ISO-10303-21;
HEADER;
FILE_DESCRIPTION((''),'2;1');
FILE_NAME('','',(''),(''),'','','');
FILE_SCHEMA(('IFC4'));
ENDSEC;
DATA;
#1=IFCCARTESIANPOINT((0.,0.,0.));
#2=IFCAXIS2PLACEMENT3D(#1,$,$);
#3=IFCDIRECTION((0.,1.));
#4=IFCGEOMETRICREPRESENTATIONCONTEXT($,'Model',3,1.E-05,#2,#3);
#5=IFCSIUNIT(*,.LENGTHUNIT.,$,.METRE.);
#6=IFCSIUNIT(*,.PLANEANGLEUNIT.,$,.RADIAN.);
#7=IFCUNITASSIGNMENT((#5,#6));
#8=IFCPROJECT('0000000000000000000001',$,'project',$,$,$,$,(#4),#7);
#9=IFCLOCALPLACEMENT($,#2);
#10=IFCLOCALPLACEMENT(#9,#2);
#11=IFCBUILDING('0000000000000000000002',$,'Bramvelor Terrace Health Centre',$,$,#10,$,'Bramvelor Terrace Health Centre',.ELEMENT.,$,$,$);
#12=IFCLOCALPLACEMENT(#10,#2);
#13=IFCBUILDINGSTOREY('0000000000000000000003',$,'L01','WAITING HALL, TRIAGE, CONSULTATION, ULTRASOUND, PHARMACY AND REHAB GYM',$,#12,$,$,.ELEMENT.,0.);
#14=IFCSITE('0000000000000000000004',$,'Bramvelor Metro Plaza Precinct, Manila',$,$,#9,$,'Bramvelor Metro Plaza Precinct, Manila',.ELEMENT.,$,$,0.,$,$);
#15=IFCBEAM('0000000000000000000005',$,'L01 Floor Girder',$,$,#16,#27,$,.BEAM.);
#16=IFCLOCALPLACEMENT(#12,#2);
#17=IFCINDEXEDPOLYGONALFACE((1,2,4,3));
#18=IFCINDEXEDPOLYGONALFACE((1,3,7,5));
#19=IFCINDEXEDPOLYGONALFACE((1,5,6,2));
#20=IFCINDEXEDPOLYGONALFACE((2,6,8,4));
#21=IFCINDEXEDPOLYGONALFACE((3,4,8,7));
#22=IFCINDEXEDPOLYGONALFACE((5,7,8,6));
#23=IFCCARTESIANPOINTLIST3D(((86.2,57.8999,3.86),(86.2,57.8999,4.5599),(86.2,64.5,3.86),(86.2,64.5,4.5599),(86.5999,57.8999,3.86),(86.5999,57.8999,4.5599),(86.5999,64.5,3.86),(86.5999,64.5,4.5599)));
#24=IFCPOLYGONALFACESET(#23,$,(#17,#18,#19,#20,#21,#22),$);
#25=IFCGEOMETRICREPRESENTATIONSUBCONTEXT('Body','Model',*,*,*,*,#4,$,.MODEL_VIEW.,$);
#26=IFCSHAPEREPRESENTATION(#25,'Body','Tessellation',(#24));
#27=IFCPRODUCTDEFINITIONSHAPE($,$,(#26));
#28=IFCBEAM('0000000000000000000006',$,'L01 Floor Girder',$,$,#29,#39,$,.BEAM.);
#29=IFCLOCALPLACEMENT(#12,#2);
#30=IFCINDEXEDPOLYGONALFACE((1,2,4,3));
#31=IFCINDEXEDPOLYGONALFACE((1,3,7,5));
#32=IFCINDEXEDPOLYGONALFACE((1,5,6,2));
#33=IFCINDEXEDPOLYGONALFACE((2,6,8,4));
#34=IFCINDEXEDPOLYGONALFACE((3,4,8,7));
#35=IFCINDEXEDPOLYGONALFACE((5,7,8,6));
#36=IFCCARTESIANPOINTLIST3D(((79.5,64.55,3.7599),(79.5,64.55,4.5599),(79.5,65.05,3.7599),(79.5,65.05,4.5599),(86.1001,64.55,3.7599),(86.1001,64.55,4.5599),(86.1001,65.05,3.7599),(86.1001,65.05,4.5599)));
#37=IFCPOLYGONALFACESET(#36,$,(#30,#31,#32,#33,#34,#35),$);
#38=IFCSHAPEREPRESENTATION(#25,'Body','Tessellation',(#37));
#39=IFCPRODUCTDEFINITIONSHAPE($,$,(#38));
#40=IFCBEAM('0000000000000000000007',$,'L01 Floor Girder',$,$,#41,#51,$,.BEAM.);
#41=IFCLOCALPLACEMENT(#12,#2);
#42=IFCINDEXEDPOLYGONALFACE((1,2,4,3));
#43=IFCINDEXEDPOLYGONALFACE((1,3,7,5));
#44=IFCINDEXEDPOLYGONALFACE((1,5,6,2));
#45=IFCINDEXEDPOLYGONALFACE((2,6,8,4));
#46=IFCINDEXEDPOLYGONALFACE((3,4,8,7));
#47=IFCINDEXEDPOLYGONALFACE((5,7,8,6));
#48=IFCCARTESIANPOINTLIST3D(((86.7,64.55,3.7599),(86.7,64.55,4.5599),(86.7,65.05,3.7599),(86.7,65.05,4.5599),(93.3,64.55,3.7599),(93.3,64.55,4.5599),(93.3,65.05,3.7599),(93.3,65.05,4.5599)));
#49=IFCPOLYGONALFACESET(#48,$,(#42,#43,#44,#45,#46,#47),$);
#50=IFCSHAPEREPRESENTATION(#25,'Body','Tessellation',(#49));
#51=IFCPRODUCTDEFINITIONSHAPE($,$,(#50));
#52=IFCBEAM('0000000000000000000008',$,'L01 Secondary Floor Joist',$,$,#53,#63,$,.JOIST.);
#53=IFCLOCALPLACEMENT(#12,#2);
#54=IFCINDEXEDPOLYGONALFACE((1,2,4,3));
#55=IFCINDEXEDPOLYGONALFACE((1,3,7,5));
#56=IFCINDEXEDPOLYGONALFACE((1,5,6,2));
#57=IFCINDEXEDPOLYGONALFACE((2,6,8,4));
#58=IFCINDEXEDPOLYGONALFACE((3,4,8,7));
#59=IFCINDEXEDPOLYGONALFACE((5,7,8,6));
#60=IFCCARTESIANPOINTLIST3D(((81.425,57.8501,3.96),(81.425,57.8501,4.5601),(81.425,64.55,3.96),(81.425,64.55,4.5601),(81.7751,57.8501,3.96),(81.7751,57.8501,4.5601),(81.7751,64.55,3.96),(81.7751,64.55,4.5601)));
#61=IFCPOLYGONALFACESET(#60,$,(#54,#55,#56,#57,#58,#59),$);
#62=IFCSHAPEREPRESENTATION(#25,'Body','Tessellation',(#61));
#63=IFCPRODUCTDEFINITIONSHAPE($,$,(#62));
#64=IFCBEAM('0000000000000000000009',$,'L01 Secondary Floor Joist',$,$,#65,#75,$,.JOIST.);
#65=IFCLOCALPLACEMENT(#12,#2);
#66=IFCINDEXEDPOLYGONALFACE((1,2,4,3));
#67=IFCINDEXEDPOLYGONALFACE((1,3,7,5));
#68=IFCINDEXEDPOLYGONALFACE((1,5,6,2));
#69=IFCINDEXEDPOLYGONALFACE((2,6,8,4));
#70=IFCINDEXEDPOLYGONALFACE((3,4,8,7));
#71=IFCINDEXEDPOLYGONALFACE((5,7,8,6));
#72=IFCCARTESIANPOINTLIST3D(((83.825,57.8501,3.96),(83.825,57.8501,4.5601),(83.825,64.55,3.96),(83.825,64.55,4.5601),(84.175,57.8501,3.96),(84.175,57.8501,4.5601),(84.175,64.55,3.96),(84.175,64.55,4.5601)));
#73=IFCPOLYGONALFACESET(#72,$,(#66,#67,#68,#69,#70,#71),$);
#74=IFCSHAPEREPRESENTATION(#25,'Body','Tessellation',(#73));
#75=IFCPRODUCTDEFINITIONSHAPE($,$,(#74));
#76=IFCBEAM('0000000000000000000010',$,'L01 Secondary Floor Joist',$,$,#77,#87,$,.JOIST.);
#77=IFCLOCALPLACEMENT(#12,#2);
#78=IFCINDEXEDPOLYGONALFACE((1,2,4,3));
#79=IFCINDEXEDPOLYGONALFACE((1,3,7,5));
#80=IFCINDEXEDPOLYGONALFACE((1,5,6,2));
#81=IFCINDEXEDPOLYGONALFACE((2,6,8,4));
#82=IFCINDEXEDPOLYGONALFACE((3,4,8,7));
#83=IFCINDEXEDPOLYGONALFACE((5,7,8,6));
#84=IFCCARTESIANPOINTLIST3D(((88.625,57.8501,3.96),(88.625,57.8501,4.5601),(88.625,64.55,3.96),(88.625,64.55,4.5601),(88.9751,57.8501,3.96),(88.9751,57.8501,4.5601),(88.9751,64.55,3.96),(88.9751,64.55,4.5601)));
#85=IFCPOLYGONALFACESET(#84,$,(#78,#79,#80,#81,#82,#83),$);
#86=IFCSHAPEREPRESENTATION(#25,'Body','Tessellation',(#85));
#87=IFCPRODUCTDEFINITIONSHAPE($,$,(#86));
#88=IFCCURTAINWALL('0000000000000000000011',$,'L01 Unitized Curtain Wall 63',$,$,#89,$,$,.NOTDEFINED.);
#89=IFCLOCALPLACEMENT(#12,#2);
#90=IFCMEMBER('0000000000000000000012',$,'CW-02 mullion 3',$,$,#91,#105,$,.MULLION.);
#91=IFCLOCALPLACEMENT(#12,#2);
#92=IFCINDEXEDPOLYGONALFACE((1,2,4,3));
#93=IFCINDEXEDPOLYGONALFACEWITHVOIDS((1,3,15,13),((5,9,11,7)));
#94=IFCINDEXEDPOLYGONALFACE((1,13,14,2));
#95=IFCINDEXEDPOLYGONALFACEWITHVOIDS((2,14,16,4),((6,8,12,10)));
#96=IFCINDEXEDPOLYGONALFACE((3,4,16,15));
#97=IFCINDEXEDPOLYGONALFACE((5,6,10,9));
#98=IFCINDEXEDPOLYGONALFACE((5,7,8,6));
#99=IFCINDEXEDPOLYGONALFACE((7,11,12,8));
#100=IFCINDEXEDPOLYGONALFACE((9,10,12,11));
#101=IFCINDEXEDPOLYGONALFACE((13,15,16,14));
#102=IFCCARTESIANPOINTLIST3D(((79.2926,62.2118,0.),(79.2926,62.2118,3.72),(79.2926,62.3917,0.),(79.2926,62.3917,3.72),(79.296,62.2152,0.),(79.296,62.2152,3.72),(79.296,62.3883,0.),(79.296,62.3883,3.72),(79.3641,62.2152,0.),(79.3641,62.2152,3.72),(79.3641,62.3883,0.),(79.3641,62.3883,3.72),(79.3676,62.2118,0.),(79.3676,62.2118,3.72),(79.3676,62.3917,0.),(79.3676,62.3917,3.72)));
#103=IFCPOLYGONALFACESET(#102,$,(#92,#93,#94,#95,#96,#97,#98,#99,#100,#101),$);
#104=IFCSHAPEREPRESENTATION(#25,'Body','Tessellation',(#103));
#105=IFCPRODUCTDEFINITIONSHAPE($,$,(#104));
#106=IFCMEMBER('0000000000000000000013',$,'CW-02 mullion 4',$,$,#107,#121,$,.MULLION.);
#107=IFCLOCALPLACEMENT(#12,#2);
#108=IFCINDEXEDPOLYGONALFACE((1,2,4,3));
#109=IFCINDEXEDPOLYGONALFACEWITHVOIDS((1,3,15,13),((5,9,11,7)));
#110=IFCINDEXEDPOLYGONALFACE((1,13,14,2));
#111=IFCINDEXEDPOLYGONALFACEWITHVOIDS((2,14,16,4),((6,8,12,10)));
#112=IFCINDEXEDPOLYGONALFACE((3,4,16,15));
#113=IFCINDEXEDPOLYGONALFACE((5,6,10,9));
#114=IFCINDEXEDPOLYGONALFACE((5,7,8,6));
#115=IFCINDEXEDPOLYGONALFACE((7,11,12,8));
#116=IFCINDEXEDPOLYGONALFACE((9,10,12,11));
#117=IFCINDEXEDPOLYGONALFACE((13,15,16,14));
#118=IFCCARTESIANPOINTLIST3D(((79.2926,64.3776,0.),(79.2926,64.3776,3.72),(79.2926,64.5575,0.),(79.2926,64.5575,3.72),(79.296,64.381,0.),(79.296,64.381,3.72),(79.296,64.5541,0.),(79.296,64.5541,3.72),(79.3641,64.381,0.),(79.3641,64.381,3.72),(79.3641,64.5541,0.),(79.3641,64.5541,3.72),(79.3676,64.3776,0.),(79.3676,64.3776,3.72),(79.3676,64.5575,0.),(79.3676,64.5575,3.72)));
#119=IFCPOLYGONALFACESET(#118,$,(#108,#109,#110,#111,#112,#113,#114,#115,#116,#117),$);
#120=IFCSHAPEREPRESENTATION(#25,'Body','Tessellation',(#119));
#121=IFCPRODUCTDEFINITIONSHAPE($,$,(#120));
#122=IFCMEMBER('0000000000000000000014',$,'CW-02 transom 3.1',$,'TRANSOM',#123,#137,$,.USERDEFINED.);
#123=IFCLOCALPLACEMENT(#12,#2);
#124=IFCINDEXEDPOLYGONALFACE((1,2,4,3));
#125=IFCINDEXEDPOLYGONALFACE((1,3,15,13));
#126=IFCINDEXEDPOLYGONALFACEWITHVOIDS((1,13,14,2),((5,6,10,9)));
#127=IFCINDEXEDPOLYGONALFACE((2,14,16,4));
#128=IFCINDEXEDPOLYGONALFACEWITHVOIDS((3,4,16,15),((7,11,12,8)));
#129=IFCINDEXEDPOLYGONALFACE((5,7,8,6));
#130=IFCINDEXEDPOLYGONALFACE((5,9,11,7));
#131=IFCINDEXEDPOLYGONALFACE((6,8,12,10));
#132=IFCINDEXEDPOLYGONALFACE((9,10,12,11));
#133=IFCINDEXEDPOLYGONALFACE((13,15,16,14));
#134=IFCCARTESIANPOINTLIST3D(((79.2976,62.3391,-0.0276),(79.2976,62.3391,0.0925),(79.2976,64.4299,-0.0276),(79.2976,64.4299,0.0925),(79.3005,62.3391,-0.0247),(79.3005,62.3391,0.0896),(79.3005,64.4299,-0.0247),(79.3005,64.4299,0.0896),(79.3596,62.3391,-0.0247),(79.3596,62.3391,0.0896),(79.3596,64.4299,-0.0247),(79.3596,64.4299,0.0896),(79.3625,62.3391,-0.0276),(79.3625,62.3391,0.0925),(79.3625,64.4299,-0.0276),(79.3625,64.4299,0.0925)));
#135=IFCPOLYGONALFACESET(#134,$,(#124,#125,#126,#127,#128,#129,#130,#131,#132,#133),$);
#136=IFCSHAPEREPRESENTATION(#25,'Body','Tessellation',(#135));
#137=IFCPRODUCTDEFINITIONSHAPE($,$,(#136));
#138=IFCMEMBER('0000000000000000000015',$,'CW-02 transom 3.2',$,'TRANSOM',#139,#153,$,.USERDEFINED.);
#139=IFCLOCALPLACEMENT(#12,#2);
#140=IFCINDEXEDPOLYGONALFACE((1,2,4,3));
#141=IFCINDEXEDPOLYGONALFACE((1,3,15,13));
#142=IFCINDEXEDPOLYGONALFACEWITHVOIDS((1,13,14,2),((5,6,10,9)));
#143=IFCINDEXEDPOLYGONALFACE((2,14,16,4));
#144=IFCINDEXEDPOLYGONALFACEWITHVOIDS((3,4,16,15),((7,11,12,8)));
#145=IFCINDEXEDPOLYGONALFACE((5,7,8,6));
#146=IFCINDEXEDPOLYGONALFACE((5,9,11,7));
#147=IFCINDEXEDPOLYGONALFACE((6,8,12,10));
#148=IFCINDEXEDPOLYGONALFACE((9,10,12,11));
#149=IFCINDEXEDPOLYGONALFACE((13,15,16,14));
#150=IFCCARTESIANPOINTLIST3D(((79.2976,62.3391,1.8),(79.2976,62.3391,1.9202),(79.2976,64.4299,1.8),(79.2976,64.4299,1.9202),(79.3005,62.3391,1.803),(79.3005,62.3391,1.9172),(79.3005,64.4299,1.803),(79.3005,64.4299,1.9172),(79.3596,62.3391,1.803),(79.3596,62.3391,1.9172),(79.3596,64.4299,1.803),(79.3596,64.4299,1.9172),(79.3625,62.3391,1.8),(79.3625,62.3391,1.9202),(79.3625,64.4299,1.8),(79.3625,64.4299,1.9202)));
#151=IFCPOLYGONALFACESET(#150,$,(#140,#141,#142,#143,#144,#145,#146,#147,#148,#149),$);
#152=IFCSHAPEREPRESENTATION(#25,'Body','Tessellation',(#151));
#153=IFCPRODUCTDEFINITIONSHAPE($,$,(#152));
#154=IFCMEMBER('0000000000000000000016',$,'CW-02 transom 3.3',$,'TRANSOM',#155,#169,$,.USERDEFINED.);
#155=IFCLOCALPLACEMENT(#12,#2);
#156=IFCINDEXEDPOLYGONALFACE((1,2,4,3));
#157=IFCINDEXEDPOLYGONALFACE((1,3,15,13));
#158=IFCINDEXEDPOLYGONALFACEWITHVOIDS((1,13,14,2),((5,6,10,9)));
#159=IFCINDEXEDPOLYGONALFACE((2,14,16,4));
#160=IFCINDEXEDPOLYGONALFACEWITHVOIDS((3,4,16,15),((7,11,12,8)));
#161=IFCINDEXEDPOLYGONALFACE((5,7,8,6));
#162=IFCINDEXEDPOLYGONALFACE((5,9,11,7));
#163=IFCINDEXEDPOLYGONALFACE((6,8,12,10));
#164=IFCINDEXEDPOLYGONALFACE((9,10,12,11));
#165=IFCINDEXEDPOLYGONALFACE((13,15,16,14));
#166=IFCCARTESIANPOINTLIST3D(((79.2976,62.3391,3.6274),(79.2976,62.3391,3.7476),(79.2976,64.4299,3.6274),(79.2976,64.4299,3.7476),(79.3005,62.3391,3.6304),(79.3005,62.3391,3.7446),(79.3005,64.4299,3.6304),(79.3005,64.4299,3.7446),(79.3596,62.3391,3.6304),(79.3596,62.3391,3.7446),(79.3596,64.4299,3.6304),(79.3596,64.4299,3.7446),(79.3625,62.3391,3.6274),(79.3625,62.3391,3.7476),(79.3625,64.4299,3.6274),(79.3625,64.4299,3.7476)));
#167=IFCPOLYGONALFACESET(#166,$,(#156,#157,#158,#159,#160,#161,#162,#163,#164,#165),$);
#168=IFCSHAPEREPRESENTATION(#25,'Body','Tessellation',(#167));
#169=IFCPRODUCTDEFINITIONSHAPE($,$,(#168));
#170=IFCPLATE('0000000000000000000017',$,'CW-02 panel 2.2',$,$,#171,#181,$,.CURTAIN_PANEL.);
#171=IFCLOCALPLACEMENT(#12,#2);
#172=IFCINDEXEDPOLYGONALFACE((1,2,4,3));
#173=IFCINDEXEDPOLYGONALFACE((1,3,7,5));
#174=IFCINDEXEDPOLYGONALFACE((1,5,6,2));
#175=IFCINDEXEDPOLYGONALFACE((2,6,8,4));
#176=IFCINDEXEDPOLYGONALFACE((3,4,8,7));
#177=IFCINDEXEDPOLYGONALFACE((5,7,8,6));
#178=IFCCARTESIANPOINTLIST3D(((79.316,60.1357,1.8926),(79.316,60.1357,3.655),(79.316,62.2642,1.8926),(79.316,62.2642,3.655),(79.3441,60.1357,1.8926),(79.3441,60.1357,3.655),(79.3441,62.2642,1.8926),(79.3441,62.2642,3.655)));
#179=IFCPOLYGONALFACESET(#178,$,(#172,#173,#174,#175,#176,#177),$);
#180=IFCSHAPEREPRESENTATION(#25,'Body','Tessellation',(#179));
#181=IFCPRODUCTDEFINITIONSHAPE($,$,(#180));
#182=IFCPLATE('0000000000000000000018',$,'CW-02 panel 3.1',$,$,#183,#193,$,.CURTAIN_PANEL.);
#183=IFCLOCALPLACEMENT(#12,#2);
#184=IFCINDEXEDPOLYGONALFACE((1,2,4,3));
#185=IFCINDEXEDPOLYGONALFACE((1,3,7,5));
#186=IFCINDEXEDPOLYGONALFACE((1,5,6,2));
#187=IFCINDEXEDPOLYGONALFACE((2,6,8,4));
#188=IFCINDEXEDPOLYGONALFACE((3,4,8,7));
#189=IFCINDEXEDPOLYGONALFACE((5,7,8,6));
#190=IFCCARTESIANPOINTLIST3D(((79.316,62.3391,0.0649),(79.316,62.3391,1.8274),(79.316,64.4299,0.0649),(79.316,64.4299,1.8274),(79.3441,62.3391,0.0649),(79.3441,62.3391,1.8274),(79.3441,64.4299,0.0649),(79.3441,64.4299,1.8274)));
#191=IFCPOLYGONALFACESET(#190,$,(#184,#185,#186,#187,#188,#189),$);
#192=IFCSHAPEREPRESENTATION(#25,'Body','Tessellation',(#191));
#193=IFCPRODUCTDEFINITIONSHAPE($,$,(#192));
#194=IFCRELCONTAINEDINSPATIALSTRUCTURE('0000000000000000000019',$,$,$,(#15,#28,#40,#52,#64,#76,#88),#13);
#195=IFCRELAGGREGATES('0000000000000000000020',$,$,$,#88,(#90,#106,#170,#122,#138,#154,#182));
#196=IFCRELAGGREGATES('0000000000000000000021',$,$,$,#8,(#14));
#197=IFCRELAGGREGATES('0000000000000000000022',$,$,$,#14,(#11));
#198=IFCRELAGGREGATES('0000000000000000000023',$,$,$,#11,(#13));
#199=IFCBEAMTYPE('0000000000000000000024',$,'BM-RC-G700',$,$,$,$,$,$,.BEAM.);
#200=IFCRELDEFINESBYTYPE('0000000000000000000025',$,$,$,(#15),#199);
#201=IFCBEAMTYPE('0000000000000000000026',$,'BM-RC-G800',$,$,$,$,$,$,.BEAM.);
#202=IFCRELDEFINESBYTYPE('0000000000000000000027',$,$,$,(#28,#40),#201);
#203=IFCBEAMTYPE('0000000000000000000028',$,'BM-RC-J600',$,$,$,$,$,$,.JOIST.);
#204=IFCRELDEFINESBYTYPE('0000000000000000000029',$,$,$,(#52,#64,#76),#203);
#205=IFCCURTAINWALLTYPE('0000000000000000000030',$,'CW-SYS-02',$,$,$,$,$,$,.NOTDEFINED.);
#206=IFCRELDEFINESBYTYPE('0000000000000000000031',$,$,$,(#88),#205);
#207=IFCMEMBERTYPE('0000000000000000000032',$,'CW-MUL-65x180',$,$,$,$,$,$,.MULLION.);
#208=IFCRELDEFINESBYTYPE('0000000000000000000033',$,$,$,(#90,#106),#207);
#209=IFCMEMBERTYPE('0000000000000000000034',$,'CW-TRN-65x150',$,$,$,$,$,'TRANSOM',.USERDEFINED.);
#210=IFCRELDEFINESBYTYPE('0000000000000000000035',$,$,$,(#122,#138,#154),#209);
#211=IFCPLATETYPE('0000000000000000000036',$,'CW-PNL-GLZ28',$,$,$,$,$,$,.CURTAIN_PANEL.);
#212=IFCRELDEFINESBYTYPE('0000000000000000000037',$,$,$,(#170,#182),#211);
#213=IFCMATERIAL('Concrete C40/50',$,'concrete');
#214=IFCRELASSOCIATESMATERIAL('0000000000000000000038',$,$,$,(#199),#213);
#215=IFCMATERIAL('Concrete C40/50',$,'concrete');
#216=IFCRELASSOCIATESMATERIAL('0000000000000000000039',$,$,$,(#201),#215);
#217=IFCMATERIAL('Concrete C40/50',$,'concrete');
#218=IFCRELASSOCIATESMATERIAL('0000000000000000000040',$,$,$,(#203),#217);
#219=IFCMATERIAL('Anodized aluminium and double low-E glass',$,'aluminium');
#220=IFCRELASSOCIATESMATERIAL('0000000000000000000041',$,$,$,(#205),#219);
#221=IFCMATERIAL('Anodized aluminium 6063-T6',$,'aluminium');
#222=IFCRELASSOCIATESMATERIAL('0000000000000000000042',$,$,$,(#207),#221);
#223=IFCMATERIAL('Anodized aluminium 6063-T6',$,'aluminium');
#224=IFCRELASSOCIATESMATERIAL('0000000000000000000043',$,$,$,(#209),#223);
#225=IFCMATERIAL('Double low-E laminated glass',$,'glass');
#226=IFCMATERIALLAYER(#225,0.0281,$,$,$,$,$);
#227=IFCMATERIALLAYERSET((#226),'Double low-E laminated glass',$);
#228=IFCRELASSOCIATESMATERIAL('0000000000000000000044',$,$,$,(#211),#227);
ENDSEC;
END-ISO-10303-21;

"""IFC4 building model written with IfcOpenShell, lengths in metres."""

from ifc_helpers import new_model, si_unit, direction, frame, origin, origin_2d, place, context, subcontext, project, spatial, rectangle, hollow_rectangle, extrude, material, layer, layer_set, material_profile, profile_set, type_object, element, aggregate, save


model = new_model("IFC4")

# Units and contexts
model_context = context("Model", 3, precision=1e-05, world=origin(), true_north=direction((0.0, 1.0)))
body_context = subcontext(model_context, "Body", "Model", "MODEL_VIEW")
ifc_project = project(units=[si_unit("LENGTHUNIT", "METRE"), si_unit("PLANEANGLEUNIT", "RADIAN")], contexts=[model_context])

# Site, building, storey
site_placement = place(None, origin())
site = spatial("IfcSite", under=ifc_project, at=site_placement, Name="Bramvelor Metro Plaza Precinct, Manila", LongName="Bramvelor Metro Plaza Precinct, Manila", CompositionType="ELEMENT", RefElevation=0.0)
building_placement = place(site_placement, origin())
building = spatial("IfcBuilding", under=site, at=building_placement, Name="Bramvelor Terrace Health Centre", LongName="Bramvelor Terrace Health Centre", CompositionType="ELEMENT")
storey_placement = place(building_placement, origin())
storey = spatial("IfcBuildingStorey", under=building, at=storey_placement, Name="L01", Description="WAITING HALL, TRIAGE, CONSULTATION, ULTRASOUND, PHARMACY AND REHAB GYM", CompositionType="ELEMENT", Elevation=0.0)

# Beams
ifc_material_1 = material(Name="Concrete C40/50", Category="concrete")
ifc_material_profile_1 = material_profile(ifc_material_1, rectangle(XDim=0.3999, YDim=0.7, at=origin_2d()), Name="RC 400x700")
ifc_profile_set_1 = profile_set([ifc_material_profile_1], Name="Concrete C40/50")
beam_type_1 = type_object("IfcBeamType", Name="BM-RC-G700", PredefinedType="BEAM", material=ifc_profile_set_1)
beam_placement = place(storey_placement, frame((86.3999, 57.8999, 4.21), z_axis=(0.0, 1.0, 0.0), x_axis=(-1.0, 0.0, 0.0)))
element("IfcBeam", 1, at=beam_placement, inside=storey, type_object=beam_type_1, Name="L01 Floor Girder", PredefinedType="BEAM", context=body_context, shape_type="SweptSolid", body=[
    extrude(rectangle(XDim=0.3999, YDim=0.7, at=origin_2d()), origin(), (0.0, 0.0, 1.0), 6.6001),
])
ifc_material_2 = material(Name="Concrete C40/50", Category="concrete")
ifc_material_profile_2 = material_profile(ifc_material_2, rectangle(XDim=0.5, YDim=0.8, at=origin_2d()), Name="RC 500x800")
ifc_profile_set_2 = profile_set([ifc_material_profile_2], Name="Concrete C40/50")
beam_type_2 = type_object("IfcBeamType", Name="BM-RC-G800", PredefinedType="BEAM", material=ifc_profile_set_2)
for number, where, z_axis, x_axis, name in (
    (2, (79.5, 64.8, 4.1599), (1.0, 0.0, 0.0), (0.0, 1.0, 0.0), "L01 Floor Girder"),
    (3, (86.7, 64.8, 4.1599), (1.0, 0.0, 0.0), (0.0, 1.0, 0.0), "L01 Floor Girder"),
):
    element("IfcBeam", number, at=place(storey_placement, frame(where, z_axis=z_axis, x_axis=x_axis)), inside=storey, type_object=beam_type_2, Name=name, PredefinedType="BEAM", context=body_context, shape_type="SweptSolid", body=[
        extrude(rectangle(XDim=0.5, YDim=0.8, at=origin_2d()), origin(), (0.0, 0.0, 1.0), 6.6001),
    ])
ifc_material_3 = material(Name="Concrete C40/50", Category="concrete")
ifc_material_profile_3 = material_profile(ifc_material_3, rectangle(XDim=0.3501, YDim=0.6001, at=origin_2d()), Name="RC 350x600")
ifc_profile_set_3 = profile_set([ifc_material_profile_3], Name="Concrete C40/50")
beam_type_3 = type_object("IfcBeamType", Name="BM-RC-J600", PredefinedType="JOIST", material=ifc_profile_set_3)
for number, where, z_axis, x_axis, name in (
    (4, (81.6001, 57.8501, 4.26), (0.0, 1.0, 0.0), (-1.0, 0.0, 0.0), "L01 Secondary Floor Joist"),
    (5, (84.0, 57.8501, 4.26), (0.0, 1.0, 0.0), (-1.0, 0.0, 0.0), "L01 Secondary Floor Joist"),
    (6, (88.8, 57.8501, 4.26), (0.0, 1.0, 0.0), (-1.0, 0.0, 0.0), "L01 Secondary Floor Joist"),
):
    element("IfcBeam", number, at=place(storey_placement, frame(where, z_axis=z_axis, x_axis=x_axis)), inside=storey, type_object=beam_type_3, Name=name, PredefinedType="JOIST", context=body_context, shape_type="SweptSolid", body=[
        extrude(rectangle(XDim=0.3501, YDim=0.6001, at=origin_2d()), origin(), (0.0, 0.0, 1.0), 6.7),
    ])

# Curtain wall, members, plates
ifc_material_4 = material(Name="Anodized aluminium and double low-E glass", Category="aluminium")
curtain_wall_type = type_object("IfcCurtainWallType", Name="CW-SYS-02", PredefinedType="NOTDEFINED", material=ifc_material_4)
curtain_wall_placement = place(storey_placement, origin())
curtain_wall = element("IfcCurtainWall", 7, at=curtain_wall_placement, inside=storey, type_object=curtain_wall_type, Name="L01 Unitized Curtain Wall 63", PredefinedType="NOTDEFINED")
ifc_material_5 = material(Name="Anodized aluminium 6063-T6", Category="aluminium")
ifc_material_profile_4 = material_profile(ifc_material_5, hollow_rectangle(XDim=0.075, YDim=0.1799, WallThickness=0.0034, at=origin_2d()), Name="ALU-MUL 75x180x3.5")
ifc_profile_set_4 = profile_set([ifc_material_profile_4], Name="Anodized aluminium 6063-T6")
member_type_1 = type_object("IfcMemberType", Name="CW-MUL-65x180", PredefinedType="MULLION", material=ifc_profile_set_4)
member_1_placement = place(storey_placement, frame((79.3301, 62.3018, 0.0), z_axis=(0.0, 0.0, 1.0), x_axis=(-1.0, 0.0, 0.0)))
member_1 = element("IfcMember", 8, at=member_1_placement, type_object=member_type_1, Name="CW-02 mullion 3", PredefinedType="MULLION", context=body_context, shape_type="SweptSolid", body=[
    extrude(hollow_rectangle(XDim=0.075, YDim=0.1799, WallThickness=0.0034, at=origin_2d()), origin(), (0.0, 0.0, 1.0), 3.72),
])
member_2_placement = place(storey_placement, frame((79.3301, 64.4675, 0.0), z_axis=(0.0, 0.0, 1.0), x_axis=(-1.0, 0.0, 0.0)))
member_2 = element("IfcMember", 9, at=member_2_placement, type_object=member_type_1, Name="CW-02 mullion 4", PredefinedType="MULLION", context=body_context, shape_type="SweptSolid", body=[
    extrude(hollow_rectangle(XDim=0.075, YDim=0.1799, WallThickness=0.0034, at=origin_2d()), origin(), (0.0, 0.0, 1.0), 3.72),
])
ifc_material_6 = material(Name="Anodized aluminium 6063-T6", Category="aluminium")
ifc_material_profile_5 = material_profile(ifc_material_6, hollow_rectangle(XDim=0.0649, YDim=0.1201, WallThickness=0.0029, at=origin_2d()), Name="ALU-TRN 65x120x3.0")
ifc_profile_set_5 = profile_set([ifc_material_profile_5], Name="Anodized aluminium 6063-T6")
member_type_2 = type_object("IfcMemberType", Name="CW-TRN-65x150", ElementType="TRANSOM", PredefinedType="USERDEFINED", material=ifc_profile_set_5)
member_3_placement = place(storey_placement, frame((79.3301, 62.3391, 0.0325), z_axis=(0.0, 1.0, 0.0), x_axis=(-1.0, 0.0, 0.0)))
member_3 = element("IfcMember", 10, at=member_3_placement, type_object=member_type_2, Name="CW-02 transom 3.1", ObjectType="TRANSOM", PredefinedType="USERDEFINED", context=body_context, shape_type="SweptSolid", body=[
    extrude(hollow_rectangle(XDim=0.0649, YDim=0.1201, WallThickness=0.0029, at=origin_2d()), origin(), (0.0, 0.0, 1.0), 2.0908),
])
member_4_placement = place(storey_placement, frame((79.3301, 62.3391, 1.8601), z_axis=(0.0, 1.0, 0.0), x_axis=(-1.0, 0.0, 0.0)))
member_4 = element("IfcMember", 11, at=member_4_placement, type_object=member_type_2, Name="CW-02 transom 3.2", ObjectType="TRANSOM", PredefinedType="USERDEFINED", context=body_context, shape_type="SweptSolid", body=[
    extrude(hollow_rectangle(XDim=0.0649, YDim=0.1201, WallThickness=0.0029, at=origin_2d()), origin(), (0.0, 0.0, 1.0), 2.0908),
])
member_5_placement = place(storey_placement, frame((79.3301, 62.3391, 3.6875), z_axis=(0.0, 1.0, 0.0), x_axis=(-1.0, 0.0, 0.0)))
member_5 = element("IfcMember", 12, at=member_5_placement, type_object=member_type_2, Name="CW-02 transom 3.3", ObjectType="TRANSOM", PredefinedType="USERDEFINED", context=body_context, shape_type="SweptSolid", body=[
    extrude(hollow_rectangle(XDim=0.0649, YDim=0.1201, WallThickness=0.0029, at=origin_2d()), origin(), (0.0, 0.0, 1.0), 2.0908),
])
ifc_material_7 = material(Name="Double low-E laminated glass", Category="glass")
ifc_layer = layer(ifc_material_7, 0.0281)
ifc_layer_set = layer_set([ifc_layer], Name="Double low-E laminated glass")
plate_type = type_object("IfcPlateType", Name="CW-PNL-GLZ28", PredefinedType="CURTAIN_PANEL", material=ifc_layer_set)
plate_1_placement = place(storey_placement, frame((79.3301, 61.2, 1.8926), z_axis=(0.0, 0.0, 1.0), x_axis=(0.0, 1.0, 0.0)))
plate_1 = element("IfcPlate", 13, at=plate_1_placement, type_object=plate_type, Name="CW-02 panel 2.2", PredefinedType="CURTAIN_PANEL", context=body_context, shape_type="SweptSolid", body=[
    extrude(rectangle(XDim=2.1284, YDim=0.0281, at=origin_2d()), origin(), (0.0, 0.0, 1.0), 1.7625),
])
plate_2_placement = place(storey_placement, frame((79.3301, 63.3845, 0.0649), z_axis=(0.0, 0.0, 1.0), x_axis=(0.0, 1.0, 0.0)))
plate_2 = element("IfcPlate", 14, at=plate_2_placement, type_object=plate_type, Name="CW-02 panel 3.1", PredefinedType="CURTAIN_PANEL", context=body_context, shape_type="SweptSolid", body=[
    extrude(rectangle(XDim=2.0908, YDim=0.0281, at=origin_2d()), origin(), (0.0, 0.0, 1.0), 1.7625),
])
aggregate(curtain_wall, [member_1, member_2, plate_1, member_3, member_4, member_5, plate_2])

save(model, "model.ifc")
